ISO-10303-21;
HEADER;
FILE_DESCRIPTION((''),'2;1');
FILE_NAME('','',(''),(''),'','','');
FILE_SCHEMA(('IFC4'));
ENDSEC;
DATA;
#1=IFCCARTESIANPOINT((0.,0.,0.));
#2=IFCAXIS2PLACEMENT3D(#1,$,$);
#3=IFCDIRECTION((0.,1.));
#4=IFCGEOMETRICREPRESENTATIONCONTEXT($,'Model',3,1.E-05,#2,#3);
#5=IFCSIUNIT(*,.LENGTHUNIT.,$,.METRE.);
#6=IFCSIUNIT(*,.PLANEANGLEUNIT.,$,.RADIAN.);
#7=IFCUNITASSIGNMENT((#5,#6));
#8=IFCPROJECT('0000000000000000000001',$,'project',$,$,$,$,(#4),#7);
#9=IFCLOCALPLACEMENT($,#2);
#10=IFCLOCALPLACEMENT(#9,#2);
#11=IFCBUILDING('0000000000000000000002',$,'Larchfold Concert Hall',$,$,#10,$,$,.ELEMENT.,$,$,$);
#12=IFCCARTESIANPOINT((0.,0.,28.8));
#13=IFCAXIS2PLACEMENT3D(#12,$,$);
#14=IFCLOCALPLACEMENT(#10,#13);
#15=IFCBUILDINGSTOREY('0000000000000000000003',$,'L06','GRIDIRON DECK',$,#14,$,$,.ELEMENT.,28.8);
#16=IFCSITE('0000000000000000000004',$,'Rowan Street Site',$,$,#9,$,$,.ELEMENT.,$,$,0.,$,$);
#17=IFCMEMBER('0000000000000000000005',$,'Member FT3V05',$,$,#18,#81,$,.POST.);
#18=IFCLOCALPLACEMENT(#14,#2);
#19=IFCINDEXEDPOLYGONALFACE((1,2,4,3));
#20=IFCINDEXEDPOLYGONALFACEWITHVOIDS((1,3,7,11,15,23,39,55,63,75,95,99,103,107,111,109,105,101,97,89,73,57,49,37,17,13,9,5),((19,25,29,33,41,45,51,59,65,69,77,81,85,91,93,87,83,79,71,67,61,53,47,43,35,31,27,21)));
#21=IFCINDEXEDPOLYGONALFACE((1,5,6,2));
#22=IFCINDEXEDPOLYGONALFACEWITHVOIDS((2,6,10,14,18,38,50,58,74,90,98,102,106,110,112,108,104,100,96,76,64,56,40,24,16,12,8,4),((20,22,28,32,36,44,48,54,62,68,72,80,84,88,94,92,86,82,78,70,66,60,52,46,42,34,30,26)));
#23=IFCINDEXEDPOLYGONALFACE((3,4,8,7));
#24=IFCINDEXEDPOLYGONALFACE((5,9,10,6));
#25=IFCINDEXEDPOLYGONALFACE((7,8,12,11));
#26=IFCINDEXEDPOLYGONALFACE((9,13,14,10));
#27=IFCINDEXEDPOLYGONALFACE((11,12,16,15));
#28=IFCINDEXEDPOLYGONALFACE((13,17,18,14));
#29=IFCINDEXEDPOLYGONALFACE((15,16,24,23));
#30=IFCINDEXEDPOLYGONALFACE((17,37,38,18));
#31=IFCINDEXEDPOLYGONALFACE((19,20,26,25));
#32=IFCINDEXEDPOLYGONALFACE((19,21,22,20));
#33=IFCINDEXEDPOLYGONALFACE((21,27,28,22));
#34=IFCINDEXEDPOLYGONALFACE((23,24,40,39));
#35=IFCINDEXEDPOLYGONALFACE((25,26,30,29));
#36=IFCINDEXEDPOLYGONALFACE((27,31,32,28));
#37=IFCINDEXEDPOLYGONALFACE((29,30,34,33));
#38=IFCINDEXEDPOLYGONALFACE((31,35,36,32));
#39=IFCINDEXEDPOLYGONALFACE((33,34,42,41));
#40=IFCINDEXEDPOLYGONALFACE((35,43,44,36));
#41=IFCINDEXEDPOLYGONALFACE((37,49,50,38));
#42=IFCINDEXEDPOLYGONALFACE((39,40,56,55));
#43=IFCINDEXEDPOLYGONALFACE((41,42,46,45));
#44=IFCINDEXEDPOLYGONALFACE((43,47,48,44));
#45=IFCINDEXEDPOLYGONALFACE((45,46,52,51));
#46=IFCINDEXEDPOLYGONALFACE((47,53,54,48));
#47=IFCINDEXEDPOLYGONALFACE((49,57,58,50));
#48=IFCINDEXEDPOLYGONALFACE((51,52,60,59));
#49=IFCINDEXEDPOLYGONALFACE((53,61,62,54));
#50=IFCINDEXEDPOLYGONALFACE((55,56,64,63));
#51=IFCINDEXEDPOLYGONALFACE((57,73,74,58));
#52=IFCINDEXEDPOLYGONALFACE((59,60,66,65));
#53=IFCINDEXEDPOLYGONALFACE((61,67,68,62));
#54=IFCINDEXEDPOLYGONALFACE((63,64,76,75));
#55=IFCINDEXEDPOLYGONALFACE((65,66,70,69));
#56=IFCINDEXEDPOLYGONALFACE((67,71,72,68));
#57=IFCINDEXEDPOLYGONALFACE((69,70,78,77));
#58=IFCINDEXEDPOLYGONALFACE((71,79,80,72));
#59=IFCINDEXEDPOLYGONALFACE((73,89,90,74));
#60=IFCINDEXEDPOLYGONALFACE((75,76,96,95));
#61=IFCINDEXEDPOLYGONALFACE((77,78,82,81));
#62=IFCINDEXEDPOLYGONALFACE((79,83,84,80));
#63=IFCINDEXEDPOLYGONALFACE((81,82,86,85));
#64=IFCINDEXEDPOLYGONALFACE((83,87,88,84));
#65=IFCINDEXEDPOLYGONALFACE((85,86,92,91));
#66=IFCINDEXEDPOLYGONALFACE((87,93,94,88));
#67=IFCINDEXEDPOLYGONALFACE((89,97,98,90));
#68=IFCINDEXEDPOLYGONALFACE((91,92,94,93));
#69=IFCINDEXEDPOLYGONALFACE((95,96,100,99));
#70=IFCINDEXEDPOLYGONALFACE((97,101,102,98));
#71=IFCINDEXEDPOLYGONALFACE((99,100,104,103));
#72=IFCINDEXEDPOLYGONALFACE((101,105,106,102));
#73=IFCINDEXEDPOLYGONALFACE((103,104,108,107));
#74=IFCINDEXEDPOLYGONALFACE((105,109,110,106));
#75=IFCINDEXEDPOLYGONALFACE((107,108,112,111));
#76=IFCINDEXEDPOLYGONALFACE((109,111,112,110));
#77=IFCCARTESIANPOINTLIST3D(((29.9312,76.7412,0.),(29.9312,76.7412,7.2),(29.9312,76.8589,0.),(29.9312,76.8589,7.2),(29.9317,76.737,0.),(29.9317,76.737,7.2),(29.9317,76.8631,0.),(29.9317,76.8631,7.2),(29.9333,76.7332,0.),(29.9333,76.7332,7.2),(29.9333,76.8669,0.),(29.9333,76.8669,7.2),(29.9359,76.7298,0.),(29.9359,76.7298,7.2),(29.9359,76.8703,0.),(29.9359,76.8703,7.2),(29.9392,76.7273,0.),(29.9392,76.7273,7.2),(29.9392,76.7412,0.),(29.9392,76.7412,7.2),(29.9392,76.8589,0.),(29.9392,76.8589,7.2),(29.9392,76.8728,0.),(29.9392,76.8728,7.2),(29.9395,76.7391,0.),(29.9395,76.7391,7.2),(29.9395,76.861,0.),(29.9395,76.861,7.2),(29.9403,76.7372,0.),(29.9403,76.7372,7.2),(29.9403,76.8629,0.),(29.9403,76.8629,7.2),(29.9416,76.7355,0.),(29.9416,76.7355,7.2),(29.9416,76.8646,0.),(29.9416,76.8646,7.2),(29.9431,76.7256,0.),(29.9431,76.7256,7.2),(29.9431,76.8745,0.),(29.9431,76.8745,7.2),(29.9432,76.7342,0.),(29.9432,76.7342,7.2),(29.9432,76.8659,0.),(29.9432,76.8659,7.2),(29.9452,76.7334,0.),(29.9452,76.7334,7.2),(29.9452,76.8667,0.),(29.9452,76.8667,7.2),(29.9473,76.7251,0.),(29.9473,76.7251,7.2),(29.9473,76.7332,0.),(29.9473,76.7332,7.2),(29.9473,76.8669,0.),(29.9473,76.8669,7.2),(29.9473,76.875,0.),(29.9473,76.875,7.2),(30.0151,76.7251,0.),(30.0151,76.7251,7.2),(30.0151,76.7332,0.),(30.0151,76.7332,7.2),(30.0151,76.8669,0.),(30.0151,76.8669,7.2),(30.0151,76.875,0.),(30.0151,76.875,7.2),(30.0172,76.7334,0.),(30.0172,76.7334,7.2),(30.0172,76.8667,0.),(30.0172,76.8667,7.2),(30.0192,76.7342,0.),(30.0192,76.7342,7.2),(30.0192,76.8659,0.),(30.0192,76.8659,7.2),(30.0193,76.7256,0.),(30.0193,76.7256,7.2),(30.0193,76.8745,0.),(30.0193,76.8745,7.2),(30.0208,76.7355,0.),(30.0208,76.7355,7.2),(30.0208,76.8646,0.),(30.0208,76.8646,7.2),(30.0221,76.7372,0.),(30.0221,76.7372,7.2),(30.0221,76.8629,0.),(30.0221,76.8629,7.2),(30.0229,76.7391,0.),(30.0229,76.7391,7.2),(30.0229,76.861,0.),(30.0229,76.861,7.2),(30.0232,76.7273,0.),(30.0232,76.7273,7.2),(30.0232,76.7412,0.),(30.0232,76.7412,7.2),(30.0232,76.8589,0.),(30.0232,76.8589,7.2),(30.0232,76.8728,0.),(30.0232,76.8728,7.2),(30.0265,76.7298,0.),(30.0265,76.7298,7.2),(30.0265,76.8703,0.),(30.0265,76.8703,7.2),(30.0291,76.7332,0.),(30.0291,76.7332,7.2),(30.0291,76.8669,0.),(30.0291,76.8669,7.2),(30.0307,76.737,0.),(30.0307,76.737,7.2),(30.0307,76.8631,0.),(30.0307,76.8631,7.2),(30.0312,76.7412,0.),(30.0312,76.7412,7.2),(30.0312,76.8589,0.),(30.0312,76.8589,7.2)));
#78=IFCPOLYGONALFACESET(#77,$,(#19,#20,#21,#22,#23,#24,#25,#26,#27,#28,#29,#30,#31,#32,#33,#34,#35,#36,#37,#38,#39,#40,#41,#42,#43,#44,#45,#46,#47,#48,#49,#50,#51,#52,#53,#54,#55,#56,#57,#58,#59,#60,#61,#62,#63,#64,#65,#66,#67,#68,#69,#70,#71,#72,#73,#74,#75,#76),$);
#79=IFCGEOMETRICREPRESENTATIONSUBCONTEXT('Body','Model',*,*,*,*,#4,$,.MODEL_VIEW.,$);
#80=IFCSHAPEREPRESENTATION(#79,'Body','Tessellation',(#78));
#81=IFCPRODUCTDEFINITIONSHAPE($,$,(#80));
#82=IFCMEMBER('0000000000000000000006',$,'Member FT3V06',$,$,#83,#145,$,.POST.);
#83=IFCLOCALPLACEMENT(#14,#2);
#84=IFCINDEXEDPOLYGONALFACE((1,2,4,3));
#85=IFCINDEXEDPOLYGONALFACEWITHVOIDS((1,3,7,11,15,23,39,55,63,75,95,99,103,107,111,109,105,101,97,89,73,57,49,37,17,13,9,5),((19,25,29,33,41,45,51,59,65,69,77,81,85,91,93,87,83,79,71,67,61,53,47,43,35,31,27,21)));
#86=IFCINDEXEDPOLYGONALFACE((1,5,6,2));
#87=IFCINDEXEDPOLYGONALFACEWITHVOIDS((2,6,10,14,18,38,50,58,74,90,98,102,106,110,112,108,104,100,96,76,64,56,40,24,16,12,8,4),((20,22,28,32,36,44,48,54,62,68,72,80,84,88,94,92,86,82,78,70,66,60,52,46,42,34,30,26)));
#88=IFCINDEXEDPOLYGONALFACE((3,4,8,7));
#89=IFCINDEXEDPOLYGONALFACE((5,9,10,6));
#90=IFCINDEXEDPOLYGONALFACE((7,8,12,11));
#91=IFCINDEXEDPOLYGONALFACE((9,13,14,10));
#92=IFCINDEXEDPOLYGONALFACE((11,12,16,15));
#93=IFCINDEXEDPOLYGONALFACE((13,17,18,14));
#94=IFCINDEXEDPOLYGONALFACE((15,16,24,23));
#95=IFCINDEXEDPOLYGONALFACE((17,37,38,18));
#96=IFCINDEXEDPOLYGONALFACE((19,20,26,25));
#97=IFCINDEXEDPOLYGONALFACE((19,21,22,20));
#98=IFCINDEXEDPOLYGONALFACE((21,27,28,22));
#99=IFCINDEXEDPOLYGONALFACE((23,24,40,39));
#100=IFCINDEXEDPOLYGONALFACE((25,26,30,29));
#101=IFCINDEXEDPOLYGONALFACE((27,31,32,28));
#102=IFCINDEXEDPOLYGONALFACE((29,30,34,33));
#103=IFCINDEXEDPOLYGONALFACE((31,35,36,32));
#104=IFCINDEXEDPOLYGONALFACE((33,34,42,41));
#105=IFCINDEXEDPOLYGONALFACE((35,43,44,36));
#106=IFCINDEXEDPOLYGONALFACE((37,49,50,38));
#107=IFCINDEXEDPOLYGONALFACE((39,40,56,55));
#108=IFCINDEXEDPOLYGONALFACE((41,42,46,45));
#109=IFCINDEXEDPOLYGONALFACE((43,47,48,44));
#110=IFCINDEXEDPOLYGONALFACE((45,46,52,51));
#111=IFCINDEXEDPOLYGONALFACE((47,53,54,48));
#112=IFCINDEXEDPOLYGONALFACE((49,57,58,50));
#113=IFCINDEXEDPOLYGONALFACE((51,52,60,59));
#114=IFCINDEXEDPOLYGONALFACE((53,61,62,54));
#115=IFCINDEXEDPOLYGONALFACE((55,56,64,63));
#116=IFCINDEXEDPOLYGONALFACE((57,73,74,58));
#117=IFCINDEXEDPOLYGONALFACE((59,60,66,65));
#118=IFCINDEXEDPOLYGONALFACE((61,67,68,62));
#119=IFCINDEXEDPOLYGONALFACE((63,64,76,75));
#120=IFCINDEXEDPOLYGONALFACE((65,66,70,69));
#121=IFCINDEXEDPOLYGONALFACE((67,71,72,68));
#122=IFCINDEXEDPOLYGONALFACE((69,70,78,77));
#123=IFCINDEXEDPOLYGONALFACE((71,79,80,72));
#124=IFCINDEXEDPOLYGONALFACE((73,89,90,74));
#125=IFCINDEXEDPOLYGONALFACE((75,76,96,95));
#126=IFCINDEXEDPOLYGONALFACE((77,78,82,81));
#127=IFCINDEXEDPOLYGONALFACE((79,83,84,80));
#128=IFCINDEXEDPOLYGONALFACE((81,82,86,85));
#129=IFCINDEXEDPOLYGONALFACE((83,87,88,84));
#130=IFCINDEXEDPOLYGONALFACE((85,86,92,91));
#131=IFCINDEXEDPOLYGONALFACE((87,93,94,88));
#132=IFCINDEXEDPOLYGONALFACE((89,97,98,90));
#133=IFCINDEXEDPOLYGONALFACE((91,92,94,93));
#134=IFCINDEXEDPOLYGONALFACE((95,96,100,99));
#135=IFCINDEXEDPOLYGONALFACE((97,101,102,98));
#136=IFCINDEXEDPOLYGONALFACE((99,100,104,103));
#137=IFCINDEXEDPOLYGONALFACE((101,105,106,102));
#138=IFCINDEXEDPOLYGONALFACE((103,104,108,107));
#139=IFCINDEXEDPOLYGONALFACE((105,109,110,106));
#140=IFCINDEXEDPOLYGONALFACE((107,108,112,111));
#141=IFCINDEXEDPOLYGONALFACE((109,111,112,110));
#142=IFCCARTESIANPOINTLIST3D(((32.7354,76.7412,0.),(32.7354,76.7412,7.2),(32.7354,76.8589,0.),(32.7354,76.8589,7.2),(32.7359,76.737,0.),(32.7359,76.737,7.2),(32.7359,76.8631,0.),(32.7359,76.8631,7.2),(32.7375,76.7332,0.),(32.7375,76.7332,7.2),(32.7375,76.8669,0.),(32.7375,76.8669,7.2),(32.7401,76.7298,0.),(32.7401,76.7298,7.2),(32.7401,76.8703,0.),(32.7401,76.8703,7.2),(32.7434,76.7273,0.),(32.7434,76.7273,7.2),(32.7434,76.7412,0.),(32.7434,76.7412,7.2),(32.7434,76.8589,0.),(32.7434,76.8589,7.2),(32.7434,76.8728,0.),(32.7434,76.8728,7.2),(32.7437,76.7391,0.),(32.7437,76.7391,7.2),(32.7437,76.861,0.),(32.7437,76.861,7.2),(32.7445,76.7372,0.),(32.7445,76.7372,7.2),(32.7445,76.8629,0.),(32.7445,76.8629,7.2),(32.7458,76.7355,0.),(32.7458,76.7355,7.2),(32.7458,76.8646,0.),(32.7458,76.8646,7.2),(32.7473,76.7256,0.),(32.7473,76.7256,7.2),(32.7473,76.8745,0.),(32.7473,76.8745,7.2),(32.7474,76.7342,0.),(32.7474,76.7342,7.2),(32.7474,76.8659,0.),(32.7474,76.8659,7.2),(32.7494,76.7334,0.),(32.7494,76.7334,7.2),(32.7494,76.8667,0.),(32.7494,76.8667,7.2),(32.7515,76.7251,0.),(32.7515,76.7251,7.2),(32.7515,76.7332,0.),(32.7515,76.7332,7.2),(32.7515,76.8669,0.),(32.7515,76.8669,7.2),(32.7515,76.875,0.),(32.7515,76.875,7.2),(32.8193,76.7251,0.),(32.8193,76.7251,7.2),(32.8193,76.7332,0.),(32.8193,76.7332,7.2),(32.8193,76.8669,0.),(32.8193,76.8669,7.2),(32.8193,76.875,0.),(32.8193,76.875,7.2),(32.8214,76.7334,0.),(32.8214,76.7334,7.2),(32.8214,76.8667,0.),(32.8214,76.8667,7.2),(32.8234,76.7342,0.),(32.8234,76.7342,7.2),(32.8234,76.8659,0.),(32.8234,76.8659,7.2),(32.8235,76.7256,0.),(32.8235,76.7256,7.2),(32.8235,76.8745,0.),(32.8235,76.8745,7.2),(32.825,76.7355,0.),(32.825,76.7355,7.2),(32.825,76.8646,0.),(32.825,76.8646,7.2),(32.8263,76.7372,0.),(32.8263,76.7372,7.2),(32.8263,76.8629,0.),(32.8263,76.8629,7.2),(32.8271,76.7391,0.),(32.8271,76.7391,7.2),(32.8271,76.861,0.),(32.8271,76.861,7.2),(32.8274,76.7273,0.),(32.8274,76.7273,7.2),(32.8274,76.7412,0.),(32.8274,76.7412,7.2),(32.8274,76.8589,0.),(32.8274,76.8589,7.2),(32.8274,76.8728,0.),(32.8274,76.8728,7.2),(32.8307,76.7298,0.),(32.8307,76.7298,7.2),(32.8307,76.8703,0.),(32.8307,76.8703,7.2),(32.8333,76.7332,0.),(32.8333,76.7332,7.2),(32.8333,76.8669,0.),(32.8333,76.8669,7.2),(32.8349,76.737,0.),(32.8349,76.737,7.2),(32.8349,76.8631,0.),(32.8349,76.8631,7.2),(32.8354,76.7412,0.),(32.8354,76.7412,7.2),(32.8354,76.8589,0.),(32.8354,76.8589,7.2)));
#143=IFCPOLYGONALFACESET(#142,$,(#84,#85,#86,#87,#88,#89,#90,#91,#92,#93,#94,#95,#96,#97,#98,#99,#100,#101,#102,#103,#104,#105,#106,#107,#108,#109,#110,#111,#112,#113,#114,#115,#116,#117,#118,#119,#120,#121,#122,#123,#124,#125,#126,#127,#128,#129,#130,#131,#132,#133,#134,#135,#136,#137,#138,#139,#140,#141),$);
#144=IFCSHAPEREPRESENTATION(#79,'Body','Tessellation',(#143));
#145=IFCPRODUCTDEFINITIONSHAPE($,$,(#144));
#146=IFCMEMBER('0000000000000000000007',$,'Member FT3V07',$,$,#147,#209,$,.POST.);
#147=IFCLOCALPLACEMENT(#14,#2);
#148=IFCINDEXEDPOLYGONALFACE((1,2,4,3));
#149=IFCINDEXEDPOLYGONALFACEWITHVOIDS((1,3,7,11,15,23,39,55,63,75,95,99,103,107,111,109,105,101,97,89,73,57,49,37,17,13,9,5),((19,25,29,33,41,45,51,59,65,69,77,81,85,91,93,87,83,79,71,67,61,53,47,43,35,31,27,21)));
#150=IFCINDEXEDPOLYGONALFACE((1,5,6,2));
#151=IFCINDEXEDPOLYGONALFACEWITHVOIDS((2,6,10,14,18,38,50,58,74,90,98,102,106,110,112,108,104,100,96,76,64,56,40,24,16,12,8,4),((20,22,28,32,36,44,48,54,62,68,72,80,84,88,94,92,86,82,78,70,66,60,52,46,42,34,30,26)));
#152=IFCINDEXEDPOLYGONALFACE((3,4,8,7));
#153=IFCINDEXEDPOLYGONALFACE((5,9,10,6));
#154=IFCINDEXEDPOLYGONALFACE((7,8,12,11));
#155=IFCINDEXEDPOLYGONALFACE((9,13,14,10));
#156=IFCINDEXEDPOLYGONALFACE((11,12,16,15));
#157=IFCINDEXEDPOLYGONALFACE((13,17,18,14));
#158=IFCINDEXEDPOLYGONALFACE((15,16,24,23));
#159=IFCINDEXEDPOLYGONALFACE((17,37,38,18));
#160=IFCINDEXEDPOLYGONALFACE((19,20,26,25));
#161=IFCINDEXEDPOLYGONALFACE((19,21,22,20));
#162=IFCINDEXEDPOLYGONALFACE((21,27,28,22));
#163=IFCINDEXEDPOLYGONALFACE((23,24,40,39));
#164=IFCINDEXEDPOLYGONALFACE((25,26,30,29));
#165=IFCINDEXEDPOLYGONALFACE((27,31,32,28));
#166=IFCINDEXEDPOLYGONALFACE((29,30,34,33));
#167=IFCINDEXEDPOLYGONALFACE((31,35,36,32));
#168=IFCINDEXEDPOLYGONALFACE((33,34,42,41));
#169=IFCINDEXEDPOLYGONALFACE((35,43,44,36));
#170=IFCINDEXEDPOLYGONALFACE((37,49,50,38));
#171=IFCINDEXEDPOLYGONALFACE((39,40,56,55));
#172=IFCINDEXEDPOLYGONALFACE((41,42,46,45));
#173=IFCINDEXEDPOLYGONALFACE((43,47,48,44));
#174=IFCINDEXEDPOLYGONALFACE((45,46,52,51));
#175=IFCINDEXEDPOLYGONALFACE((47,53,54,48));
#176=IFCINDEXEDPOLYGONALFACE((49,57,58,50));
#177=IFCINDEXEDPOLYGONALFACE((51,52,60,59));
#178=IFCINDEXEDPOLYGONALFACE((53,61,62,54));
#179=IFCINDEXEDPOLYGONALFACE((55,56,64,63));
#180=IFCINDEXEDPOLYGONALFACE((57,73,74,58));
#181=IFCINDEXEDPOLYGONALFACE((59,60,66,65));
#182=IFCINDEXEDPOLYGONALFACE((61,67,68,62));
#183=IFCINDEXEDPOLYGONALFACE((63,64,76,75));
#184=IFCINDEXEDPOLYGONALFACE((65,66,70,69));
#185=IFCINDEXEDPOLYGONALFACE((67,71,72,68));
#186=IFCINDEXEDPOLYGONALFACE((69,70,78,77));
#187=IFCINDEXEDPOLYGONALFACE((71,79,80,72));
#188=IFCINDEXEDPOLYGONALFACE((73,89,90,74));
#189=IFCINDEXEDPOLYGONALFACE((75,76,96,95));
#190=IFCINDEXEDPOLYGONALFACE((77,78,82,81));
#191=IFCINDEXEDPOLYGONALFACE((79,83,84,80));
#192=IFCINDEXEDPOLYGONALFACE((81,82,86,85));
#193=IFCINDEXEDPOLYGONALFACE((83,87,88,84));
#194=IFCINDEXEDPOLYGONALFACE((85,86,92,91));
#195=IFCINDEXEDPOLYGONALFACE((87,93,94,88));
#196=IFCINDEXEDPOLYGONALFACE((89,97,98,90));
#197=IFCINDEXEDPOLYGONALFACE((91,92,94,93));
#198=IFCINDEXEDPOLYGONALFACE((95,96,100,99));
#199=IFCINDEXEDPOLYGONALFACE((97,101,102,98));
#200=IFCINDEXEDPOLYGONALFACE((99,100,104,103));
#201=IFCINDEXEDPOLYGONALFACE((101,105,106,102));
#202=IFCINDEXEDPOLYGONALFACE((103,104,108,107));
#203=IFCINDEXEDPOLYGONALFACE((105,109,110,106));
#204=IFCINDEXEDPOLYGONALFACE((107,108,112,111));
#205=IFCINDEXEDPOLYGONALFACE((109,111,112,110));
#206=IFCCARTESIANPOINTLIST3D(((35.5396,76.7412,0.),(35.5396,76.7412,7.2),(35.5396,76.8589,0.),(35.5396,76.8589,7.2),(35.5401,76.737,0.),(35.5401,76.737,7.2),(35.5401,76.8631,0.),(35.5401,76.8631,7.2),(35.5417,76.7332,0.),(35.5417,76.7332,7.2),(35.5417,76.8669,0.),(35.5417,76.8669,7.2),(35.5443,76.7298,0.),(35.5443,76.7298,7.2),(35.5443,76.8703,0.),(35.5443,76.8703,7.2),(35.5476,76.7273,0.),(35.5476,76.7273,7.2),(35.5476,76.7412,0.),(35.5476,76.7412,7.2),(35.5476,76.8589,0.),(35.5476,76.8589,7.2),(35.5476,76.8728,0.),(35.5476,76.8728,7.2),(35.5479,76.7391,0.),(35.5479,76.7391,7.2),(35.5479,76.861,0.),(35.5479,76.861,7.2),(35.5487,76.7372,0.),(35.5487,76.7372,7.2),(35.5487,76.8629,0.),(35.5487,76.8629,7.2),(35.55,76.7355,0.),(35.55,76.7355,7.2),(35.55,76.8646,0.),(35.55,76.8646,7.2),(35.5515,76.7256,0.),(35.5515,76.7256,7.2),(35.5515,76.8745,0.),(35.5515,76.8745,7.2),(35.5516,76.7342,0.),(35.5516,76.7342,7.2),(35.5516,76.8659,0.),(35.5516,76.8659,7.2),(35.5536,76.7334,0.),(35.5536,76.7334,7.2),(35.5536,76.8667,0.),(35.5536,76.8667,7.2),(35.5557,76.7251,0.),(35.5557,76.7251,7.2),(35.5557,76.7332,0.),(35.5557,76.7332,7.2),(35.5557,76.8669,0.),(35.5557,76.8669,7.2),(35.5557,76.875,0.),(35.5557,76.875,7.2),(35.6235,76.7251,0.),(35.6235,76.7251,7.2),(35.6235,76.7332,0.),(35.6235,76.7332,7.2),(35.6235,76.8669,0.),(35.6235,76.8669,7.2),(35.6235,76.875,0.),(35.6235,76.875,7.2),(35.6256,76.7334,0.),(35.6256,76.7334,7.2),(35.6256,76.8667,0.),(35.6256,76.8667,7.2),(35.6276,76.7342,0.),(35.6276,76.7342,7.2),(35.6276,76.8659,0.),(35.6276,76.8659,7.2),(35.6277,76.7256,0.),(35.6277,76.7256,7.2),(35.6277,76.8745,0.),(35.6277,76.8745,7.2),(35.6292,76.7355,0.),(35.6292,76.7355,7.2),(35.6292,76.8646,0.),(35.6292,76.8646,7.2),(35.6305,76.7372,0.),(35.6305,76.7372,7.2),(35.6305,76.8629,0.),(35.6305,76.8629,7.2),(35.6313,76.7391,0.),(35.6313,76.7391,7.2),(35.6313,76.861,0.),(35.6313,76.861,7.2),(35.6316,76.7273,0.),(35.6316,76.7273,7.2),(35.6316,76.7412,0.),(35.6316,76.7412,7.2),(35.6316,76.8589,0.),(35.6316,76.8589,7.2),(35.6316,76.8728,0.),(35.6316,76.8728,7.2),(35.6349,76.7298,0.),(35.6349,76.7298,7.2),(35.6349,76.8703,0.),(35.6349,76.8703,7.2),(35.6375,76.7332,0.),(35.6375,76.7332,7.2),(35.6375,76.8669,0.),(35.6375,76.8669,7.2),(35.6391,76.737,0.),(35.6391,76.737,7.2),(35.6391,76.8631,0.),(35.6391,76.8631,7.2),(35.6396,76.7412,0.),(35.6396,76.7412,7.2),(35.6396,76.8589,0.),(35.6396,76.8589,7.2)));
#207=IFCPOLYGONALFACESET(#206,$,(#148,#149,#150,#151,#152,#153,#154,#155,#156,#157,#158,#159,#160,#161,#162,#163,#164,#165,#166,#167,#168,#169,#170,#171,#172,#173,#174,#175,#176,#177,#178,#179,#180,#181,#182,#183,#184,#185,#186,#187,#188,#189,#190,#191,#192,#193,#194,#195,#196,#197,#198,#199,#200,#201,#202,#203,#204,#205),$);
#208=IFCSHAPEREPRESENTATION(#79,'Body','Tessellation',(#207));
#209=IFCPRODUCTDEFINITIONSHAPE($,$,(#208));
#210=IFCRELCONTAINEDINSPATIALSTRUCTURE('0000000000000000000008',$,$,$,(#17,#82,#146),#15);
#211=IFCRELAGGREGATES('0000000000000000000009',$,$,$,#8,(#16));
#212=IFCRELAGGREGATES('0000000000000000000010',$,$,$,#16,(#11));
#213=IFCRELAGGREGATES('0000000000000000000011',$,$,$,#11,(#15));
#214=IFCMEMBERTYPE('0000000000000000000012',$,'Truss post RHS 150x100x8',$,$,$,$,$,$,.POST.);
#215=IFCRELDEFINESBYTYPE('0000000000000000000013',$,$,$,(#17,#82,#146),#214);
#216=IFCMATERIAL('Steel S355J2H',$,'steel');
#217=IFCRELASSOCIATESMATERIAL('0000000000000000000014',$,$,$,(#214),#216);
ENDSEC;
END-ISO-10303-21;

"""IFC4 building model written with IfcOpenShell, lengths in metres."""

from ifc_helpers import new_model, si_unit, direction, frame, origin, origin_2d, place, context, subcontext, project, spatial, hollow_rectangle, extrude, material, material_profile, profile_set, type_object, element, save


model = new_model("IFC4")

# Units and contexts
model_context = context("Model", 3, precision=1e-05, world=origin(), true_north=direction((0.0, 1.0)))
body_context = subcontext(model_context, "Body", "Model", "MODEL_VIEW")
ifc_project = project(units=[si_unit("LENGTHUNIT", "METRE"), si_unit("PLANEANGLEUNIT", "RADIAN")], contexts=[model_context])

# Site, building, storey
site_placement = place(None, origin())
site = spatial("IfcSite", under=ifc_project, at=site_placement, Name="Rowan Street Site", CompositionType="ELEMENT", RefElevation=0.0)
building_placement = place(site_placement, origin())
building = spatial("IfcBuilding", under=site, at=building_placement, Name="Larchfold Concert Hall", CompositionType="ELEMENT")
storey_placement = place(building_placement, frame((0.0, 0.0, 28.8)))
storey = spatial("IfcBuildingStorey", under=building, at=storey_placement, Name="L06", Description="GRIDIRON DECK", CompositionType="ELEMENT", Elevation=28.8)

# Members
ifc_material_1 = material(Name="Steel S355J2H", Category="steel")
ifc_material_profile_1 = material_profile(ifc_material_1, hollow_rectangle(XDim=0.1001, YDim=0.1499, WallThickness=0.0081, InnerFilletRadius=0.0081, OuterFilletRadius=0.0161, at=origin_2d()))
ifc_profile_set_1 = profile_set([ifc_material_profile_1], Name="Steel S355J2H")
member_type_1 = type_object("IfcMemberType", Name="Truss post RHS 150x100x8", PredefinedType="POST", material=ifc_profile_set_1)
for number, where, z_axis, x_axis, name in (
    (1, (29.9812, 76.8, 7.2), (0.0, 0.0, -1.0), (1.0, 0.0, 0.0), "Member FT3V05"),
    (2, (32.7854, 76.8, 7.2), (0.0, 0.0, -1.0), (1.0, 0.0, 0.0), "Member FT3V06"),
    (3, (35.5896, 76.8, 7.2), (0.0, 0.0, -1.0), (1.0, 0.0, 0.0), "Member FT3V07"),
):
    element("IfcMember", number, at=place(storey_placement, frame(where, z_axis=z_axis, x_axis=x_axis)), inside=storey, type_object=member_type_1, Name=name, PredefinedType="POST", context=body_context, shape_type="SweptSolid", body=[
        extrude(hollow_rectangle(XDim=0.1001, YDim=0.1499, WallThickness=0.0081, InnerFilletRadius=0.0081, OuterFilletRadius=0.0161, at=origin_2d()), origin(), (0.0, 0.0, 1.0), 7.2),
    ])

save(model, "model.ifc")
